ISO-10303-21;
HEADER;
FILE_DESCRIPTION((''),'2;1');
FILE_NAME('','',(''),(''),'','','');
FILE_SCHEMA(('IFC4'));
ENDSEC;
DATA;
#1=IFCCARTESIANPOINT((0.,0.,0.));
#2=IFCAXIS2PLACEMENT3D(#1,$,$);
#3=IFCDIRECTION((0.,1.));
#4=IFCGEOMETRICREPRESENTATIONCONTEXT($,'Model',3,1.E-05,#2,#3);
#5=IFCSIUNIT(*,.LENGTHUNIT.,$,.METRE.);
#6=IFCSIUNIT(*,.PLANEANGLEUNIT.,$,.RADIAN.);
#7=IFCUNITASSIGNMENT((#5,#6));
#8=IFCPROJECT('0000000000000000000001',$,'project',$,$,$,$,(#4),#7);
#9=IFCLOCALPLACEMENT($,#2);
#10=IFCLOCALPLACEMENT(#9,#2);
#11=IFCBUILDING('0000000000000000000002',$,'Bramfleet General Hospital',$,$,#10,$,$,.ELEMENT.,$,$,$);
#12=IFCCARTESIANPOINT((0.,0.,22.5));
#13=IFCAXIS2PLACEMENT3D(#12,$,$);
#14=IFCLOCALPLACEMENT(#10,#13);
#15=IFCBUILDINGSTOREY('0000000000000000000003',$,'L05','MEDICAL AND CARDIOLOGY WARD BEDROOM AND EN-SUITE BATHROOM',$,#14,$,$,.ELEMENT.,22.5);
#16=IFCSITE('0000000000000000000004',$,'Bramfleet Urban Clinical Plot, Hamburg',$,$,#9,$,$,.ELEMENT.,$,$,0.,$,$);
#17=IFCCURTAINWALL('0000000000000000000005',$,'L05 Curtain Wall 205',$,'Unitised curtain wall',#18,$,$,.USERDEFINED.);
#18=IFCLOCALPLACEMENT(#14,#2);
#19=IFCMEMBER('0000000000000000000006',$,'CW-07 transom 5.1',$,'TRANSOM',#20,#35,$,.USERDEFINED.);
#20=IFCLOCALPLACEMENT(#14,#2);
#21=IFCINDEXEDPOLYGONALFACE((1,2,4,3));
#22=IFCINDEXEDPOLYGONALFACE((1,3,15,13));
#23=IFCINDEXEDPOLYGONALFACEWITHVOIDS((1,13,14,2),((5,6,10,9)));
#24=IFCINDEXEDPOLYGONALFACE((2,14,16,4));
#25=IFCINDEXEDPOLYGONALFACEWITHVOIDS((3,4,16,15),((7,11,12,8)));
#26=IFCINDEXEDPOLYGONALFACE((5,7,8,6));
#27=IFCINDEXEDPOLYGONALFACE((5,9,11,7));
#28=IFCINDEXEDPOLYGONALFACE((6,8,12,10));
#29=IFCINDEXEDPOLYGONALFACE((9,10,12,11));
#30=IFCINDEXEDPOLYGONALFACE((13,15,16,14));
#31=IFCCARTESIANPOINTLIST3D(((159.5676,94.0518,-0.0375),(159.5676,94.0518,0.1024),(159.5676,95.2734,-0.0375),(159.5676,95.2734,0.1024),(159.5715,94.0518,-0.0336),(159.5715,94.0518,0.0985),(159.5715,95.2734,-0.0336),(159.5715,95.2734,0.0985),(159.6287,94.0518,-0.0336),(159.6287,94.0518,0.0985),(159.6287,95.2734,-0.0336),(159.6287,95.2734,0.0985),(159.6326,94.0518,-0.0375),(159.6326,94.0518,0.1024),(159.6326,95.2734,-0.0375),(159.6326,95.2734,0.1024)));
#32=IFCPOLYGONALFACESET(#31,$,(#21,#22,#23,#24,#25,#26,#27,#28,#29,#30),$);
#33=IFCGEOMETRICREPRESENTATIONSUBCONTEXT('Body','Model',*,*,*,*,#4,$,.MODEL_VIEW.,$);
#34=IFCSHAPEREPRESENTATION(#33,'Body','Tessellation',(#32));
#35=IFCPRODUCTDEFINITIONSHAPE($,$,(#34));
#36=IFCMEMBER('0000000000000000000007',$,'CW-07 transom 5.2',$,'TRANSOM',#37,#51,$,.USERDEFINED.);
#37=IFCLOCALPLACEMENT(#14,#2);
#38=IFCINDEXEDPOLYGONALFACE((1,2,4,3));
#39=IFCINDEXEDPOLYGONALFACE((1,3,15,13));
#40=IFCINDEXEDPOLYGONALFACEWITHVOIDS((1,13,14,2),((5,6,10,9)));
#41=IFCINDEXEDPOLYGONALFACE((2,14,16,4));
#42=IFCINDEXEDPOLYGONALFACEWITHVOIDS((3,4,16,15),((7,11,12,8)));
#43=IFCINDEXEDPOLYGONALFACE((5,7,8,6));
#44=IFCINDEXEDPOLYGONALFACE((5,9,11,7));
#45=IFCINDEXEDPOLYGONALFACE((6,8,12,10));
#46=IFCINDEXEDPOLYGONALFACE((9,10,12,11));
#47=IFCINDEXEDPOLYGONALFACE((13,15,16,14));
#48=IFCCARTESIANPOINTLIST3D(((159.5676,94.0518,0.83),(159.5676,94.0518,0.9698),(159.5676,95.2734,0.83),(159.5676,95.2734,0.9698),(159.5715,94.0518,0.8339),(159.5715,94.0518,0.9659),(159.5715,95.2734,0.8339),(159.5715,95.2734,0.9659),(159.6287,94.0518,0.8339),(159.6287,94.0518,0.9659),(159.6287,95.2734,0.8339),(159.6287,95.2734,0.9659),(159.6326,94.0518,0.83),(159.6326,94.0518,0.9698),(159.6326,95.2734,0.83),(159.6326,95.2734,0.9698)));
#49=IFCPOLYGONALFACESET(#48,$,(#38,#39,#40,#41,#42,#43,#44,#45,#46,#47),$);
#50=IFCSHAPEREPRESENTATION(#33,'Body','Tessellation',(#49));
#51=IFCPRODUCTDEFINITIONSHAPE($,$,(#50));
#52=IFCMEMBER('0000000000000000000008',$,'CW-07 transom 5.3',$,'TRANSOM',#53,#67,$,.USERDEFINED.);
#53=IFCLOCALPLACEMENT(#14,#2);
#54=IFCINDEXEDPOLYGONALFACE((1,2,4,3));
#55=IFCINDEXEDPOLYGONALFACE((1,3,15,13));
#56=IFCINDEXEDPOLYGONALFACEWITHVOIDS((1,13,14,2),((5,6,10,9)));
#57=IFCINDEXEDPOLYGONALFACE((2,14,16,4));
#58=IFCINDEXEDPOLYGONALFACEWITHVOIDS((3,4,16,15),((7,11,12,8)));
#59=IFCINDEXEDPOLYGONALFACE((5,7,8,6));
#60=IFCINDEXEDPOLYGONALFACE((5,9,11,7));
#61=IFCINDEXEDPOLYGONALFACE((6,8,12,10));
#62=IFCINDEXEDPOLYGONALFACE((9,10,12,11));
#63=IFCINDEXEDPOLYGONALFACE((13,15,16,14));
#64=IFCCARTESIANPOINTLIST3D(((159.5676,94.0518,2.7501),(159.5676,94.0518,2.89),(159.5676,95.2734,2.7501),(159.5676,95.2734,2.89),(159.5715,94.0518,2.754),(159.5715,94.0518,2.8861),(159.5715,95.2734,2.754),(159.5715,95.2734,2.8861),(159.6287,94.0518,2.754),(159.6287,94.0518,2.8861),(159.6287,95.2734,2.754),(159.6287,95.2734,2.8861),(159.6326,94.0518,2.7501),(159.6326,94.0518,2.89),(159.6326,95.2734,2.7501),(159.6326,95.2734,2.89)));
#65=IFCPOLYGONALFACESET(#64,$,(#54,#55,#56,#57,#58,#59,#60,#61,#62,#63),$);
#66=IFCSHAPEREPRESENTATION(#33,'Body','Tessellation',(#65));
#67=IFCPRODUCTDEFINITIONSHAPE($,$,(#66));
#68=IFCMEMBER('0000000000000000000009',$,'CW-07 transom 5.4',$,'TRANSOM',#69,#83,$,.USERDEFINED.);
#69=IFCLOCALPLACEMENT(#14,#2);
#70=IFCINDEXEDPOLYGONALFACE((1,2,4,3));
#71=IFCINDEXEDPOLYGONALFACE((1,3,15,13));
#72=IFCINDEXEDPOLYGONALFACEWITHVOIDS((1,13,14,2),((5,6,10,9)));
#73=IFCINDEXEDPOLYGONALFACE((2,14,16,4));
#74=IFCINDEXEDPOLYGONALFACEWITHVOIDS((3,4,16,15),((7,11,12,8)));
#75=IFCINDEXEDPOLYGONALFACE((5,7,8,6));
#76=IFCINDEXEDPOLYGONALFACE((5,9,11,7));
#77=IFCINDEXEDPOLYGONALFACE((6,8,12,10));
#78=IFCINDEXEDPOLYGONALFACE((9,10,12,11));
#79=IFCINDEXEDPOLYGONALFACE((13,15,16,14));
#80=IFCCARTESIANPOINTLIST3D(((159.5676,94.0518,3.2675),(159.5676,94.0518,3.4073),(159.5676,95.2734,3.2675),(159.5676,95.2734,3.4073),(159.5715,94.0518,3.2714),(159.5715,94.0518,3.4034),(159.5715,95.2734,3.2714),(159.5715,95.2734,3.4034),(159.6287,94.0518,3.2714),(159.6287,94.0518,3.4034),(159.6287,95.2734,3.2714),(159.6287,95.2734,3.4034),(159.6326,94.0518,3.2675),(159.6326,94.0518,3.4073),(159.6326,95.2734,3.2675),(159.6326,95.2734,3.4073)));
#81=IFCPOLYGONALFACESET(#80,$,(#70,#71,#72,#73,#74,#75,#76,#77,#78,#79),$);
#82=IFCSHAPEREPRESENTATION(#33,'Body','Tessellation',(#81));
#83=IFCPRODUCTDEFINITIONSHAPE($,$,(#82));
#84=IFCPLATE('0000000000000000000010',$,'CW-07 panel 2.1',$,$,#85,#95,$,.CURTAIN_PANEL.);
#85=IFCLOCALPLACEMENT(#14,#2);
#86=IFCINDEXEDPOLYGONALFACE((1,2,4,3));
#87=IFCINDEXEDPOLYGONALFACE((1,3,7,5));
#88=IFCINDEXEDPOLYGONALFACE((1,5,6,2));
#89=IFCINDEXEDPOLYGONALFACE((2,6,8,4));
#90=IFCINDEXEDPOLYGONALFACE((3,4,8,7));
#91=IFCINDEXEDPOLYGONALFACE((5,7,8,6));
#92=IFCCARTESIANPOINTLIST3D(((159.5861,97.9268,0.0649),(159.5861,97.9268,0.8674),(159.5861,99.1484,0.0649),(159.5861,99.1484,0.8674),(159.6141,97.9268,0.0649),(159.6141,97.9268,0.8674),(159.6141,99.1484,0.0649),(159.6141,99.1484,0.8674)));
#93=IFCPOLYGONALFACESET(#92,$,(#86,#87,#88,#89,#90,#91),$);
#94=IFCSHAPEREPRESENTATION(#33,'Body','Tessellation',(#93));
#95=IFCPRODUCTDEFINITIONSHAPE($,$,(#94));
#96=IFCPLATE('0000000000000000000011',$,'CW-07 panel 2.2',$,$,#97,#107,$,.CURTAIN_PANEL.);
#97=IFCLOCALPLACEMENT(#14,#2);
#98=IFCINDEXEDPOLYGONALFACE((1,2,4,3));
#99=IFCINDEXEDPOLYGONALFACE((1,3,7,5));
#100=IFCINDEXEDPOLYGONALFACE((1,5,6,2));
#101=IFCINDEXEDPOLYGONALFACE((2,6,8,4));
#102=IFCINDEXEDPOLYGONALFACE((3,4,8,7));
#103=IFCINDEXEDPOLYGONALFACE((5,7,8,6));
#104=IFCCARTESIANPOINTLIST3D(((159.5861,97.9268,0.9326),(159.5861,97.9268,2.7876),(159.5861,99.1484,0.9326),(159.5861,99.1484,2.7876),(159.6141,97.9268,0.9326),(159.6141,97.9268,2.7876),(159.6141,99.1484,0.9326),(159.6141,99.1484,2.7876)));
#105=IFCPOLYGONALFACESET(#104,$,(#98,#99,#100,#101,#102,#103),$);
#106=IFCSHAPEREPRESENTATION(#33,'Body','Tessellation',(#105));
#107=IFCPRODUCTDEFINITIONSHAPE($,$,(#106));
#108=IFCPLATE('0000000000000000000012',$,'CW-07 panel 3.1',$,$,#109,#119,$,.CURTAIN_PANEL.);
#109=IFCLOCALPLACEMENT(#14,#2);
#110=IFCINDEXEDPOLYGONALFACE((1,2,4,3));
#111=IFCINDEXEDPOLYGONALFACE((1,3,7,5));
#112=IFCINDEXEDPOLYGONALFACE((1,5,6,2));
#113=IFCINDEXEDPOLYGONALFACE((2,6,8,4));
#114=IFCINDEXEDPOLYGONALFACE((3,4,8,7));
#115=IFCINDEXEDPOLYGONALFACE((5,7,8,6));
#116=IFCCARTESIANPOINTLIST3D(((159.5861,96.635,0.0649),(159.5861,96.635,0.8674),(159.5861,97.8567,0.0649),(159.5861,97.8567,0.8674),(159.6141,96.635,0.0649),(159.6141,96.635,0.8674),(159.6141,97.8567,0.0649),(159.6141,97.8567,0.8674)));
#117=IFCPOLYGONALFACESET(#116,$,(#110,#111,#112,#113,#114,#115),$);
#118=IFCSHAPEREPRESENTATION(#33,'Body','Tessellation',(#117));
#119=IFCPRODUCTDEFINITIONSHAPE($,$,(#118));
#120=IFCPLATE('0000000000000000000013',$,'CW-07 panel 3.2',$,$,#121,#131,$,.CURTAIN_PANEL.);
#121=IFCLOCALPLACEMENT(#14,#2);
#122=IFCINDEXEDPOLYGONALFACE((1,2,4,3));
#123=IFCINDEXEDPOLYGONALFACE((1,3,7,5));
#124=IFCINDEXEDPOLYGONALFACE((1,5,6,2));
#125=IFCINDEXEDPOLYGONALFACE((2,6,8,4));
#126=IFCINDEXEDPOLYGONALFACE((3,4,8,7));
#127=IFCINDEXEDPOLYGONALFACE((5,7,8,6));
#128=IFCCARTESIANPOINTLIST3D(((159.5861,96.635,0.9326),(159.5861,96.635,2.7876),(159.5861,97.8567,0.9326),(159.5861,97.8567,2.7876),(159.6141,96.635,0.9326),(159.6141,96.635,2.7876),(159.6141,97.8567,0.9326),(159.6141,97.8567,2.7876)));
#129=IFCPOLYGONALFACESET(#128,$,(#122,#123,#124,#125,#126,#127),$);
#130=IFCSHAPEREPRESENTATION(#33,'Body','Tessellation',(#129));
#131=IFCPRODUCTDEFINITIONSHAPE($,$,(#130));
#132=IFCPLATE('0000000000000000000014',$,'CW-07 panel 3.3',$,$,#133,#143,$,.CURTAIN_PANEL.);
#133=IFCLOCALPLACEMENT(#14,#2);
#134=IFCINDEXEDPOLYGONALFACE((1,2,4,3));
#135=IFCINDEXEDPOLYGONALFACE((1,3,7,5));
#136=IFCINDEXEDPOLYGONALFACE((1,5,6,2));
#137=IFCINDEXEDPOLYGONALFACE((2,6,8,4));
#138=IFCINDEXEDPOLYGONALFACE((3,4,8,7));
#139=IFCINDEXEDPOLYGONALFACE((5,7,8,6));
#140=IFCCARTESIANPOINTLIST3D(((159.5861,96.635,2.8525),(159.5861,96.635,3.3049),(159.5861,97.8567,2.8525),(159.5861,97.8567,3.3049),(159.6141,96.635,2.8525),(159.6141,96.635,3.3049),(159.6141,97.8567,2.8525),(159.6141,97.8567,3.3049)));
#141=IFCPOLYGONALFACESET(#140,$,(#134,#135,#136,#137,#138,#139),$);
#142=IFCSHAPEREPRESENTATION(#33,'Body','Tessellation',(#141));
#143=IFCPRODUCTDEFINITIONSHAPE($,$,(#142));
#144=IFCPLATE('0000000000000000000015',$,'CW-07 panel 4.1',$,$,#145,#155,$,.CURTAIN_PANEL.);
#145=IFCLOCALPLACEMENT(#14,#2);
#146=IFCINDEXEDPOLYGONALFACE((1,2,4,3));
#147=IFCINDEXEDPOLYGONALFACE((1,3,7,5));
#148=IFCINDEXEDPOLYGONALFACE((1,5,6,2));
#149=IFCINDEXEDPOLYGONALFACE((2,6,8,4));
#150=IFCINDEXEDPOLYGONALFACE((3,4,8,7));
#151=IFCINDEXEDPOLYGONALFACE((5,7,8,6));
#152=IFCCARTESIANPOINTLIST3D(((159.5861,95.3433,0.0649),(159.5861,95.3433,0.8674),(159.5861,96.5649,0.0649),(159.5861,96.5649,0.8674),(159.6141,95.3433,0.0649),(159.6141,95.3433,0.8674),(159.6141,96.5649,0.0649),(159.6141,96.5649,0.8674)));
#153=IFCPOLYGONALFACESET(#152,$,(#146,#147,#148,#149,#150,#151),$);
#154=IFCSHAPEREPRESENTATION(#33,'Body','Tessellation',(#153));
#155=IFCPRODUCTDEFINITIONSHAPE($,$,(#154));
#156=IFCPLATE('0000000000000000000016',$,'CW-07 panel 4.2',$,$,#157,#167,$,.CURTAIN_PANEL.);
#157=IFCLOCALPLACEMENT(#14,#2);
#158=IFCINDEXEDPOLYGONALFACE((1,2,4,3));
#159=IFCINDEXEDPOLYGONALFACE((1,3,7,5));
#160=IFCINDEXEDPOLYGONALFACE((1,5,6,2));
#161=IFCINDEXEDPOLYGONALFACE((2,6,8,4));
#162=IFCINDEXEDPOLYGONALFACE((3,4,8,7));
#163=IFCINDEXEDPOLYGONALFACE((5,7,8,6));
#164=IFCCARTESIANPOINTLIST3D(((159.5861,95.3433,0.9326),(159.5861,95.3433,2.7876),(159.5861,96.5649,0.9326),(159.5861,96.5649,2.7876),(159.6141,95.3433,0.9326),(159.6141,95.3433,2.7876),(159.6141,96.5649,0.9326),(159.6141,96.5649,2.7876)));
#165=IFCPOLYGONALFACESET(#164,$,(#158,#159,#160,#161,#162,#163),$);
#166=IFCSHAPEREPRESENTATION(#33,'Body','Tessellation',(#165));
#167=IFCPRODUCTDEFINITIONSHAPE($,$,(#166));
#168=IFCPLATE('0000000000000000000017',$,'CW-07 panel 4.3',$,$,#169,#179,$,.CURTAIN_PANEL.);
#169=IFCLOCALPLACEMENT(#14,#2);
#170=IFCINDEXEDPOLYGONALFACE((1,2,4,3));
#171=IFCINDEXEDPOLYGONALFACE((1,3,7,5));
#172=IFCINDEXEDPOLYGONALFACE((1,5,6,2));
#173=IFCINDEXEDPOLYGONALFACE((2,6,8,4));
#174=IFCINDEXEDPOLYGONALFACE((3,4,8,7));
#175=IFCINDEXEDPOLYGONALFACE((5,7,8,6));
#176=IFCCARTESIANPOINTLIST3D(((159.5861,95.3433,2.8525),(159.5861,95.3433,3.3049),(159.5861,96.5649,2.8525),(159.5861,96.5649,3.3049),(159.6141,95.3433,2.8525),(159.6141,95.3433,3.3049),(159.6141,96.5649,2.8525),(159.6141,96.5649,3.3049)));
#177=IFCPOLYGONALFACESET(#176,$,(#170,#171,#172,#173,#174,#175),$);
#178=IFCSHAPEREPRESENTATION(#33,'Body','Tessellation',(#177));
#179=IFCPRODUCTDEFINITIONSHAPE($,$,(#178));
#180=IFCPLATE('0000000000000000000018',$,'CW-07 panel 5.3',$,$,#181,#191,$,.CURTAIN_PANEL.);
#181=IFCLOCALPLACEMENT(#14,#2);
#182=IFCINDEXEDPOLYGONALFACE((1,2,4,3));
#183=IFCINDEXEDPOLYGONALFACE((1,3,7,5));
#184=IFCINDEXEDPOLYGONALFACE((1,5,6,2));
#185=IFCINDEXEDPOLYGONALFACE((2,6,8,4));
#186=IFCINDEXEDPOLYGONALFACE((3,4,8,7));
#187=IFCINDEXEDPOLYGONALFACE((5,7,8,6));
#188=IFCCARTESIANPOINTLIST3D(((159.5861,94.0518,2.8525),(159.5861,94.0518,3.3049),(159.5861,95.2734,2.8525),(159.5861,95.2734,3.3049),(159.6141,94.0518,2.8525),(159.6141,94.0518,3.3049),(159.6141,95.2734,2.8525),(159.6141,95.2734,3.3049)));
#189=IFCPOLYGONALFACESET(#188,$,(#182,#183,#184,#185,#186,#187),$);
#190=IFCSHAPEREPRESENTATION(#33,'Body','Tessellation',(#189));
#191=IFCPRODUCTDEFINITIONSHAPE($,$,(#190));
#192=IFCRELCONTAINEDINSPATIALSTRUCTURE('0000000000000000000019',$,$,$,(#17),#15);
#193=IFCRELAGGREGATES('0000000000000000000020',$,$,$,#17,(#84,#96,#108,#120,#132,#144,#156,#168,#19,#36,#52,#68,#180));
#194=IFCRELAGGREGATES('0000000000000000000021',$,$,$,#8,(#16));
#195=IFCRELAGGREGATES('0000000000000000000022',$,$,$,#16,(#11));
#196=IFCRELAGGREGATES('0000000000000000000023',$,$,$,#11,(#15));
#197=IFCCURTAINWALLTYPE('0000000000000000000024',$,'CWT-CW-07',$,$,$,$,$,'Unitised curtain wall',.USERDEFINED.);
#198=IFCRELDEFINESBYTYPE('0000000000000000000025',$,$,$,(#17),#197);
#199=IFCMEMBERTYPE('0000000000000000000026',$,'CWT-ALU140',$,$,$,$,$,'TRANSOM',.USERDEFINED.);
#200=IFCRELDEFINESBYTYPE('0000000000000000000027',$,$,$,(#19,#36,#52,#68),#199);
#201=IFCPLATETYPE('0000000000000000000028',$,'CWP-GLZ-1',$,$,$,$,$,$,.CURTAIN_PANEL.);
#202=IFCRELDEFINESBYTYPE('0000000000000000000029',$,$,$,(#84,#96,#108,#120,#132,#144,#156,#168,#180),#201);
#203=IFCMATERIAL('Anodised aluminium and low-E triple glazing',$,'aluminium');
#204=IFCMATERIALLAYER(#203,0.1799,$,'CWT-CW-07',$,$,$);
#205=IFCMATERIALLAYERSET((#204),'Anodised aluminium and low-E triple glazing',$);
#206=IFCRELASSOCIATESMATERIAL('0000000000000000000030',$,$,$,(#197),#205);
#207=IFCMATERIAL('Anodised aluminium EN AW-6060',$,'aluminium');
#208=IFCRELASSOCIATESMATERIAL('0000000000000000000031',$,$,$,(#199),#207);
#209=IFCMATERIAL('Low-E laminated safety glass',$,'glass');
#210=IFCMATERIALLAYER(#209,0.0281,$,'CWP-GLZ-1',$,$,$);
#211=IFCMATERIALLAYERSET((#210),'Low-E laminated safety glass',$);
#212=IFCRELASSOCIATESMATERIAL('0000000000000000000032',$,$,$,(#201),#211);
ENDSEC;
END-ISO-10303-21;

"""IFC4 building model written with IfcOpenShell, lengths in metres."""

from ifc_helpers import new_model, si_unit, direction, frame, origin, origin_2d, place, context, subcontext, project, spatial, rectangle, hollow_rectangle, extrude, material, layer, layer_set, material_profile, profile_set, type_object, element, aggregate, save


model = new_model("IFC4")

# Units and contexts
model_context = context("Model", 3, precision=1e-05, world=origin(), true_north=direction((0.0, 1.0)))
body_context = subcontext(model_context, "Body", "Model", "MODEL_VIEW")
ifc_project = project(units=[si_unit("LENGTHUNIT", "METRE"), si_unit("PLANEANGLEUNIT", "RADIAN")], contexts=[model_context])

# Site, building, storey
site_placement = place(None, origin())
site = spatial("IfcSite", under=ifc_project, at=site_placement, Name="Bramfleet Urban Clinical Plot, Hamburg", CompositionType="ELEMENT", RefElevation=0.0)
building_placement = place(site_placement, origin())
building = spatial("IfcBuilding", under=site, at=building_placement, Name="Bramfleet General Hospital", CompositionType="ELEMENT")
storey_placement = place(building_placement, frame((0.0, 0.0, 22.5)))
storey = spatial("IfcBuildingStorey", under=building, at=storey_placement, Name="L05", Description="MEDICAL AND CARDIOLOGY WARD BEDROOM AND EN-SUITE BATHROOM", CompositionType="ELEMENT", Elevation=22.5)

# Curtain wall, members, plates
ifc_material_1 = material(Name="Anodised aluminium and low-E triple glazing", Category="aluminium")
ifc_layer_1 = layer(ifc_material_1, 0.1799, Name="CWT-CW-07")
ifc_layer_set_1 = layer_set([ifc_layer_1], Name="Anodised aluminium and low-E triple glazing")
curtain_wall_type = type_object("IfcCurtainWallType", Name="CWT-CW-07", ElementType="Unitised curtain wall", PredefinedType="USERDEFINED", material=ifc_layer_set_1)
curtain_wall_placement = place(storey_placement, origin())
curtain_wall = element("IfcCurtainWall", 1, at=curtain_wall_placement, inside=storey, type_object=curtain_wall_type, Name="L05 Curtain Wall 205", ObjectType="Unitised curtain wall", PredefinedType="USERDEFINED")
ifc_material_2 = material(Name="Anodised aluminium EN AW-6060", Category="aluminium")
ifc_material_profile_1 = material_profile(ifc_material_2, hollow_rectangle(XDim=0.0649, YDim=0.1399, WallThickness=0.0039, at=origin_2d()), Name="ALU 140x65x4.0")
ifc_profile_set_1 = profile_set([ifc_material_profile_1], Name="Anodised aluminium EN AW-6060")
member_type_1 = type_object("IfcMemberType", Name="CWT-ALU140", ElementType="TRANSOM", PredefinedType="USERDEFINED", material=ifc_profile_set_1)
member_1_placement = place(storey_placement, frame((159.6001, 95.2734, 0.0325), z_axis=(0.0, -1.0, 0.0), x_axis=(1.0, 0.0, 0.0)))
member_1 = element("IfcMember", 2, at=member_1_placement, type_object=member_type_1, Name="CW-07 transom 5.1", ObjectType="TRANSOM", PredefinedType="USERDEFINED", context=body_context, shape_type="SweptSolid", body=[
    extrude(hollow_rectangle(XDim=0.0649, YDim=0.1399, WallThickness=0.0039, at=origin_2d()), origin(), (0.0, 0.0, 1.0), 1.2217),
])
member_2_placement = place(storey_placement, frame((159.6001, 95.2734, 0.8999), z_axis=(0.0, -1.0, 0.0), x_axis=(1.0, 0.0, 0.0)))
member_2 = element("IfcMember", 3, at=member_2_placement, type_object=member_type_1, Name="CW-07 transom 5.2", ObjectType="TRANSOM", PredefinedType="USERDEFINED", context=body_context, shape_type="SweptSolid", body=[
    extrude(hollow_rectangle(XDim=0.0649, YDim=0.1399, WallThickness=0.0039, at=origin_2d()), origin(), (0.0, 0.0, 1.0), 1.2217),
])
member_3_placement = place(storey_placement, frame((159.6001, 95.2734, 2.8201), z_axis=(0.0, -1.0, 0.0), x_axis=(1.0, 0.0, 0.0)))
member_3 = element("IfcMember", 4, at=member_3_placement, type_object=member_type_1, Name="CW-07 transom 5.3", ObjectType="TRANSOM", PredefinedType="USERDEFINED", context=body_context, shape_type="SweptSolid", body=[
    extrude(hollow_rectangle(XDim=0.0649, YDim=0.1399, WallThickness=0.0039, at=origin_2d()), origin(), (0.0, 0.0, 1.0), 1.2217),
])
member_4_placement = place(storey_placement, frame((159.6001, 95.2734, 3.3374), z_axis=(0.0, -1.0, 0.0), x_axis=(1.0, 0.0, 0.0)))
member_4 = element("IfcMember", 5, at=member_4_placement, type_object=member_type_1, Name="CW-07 transom 5.4", ObjectType="TRANSOM", PredefinedType="USERDEFINED", context=body_context, shape_type="SweptSolid", body=[
    extrude(hollow_rectangle(XDim=0.0649, YDim=0.1399, WallThickness=0.0039, at=origin_2d()), origin(), (0.0, 0.0, 1.0), 1.2217),
])
ifc_material_3 = material(Name="Low-E laminated safety glass", Category="glass")
ifc_layer_2 = layer(ifc_material_3, 0.0281, Name="CWP-GLZ-1")
ifc_layer_set_2 = layer_set([ifc_layer_2], Name="Low-E laminated safety glass")
plate_type = type_object("IfcPlateType", Name="CWP-GLZ-1", PredefinedType="CURTAIN_PANEL", material=ifc_layer_set_2)
plate_1_placement = place(storey_placement, frame((159.6001, 98.5376, 0.0649), z_axis=(0.0, 0.0, 1.0), x_axis=(0.0, -1.0, 0.0)))
plate_1 = element("IfcPlate", 6, at=plate_1_placement, type_object=plate_type, Name="CW-07 panel 2.1", PredefinedType="CURTAIN_PANEL", context=body_context, shape_type="SweptSolid", body=[
    extrude(rectangle(XDim=1.2217, YDim=0.0281, at=origin_2d()), origin(), (0.0, 0.0, 1.0), 0.8025),
])
plate_2_placement = place(storey_placement, frame((159.6001, 98.5376, 0.9326), z_axis=(0.0, 0.0, 1.0), x_axis=(0.0, -1.0, 0.0)))
plate_2 = element("IfcPlate", 7, at=plate_2_placement, type_object=plate_type, Name="CW-07 panel 2.2", PredefinedType="CURTAIN_PANEL", context=body_context, shape_type="SweptSolid", body=[
    extrude(rectangle(XDim=1.2217, YDim=0.0281, at=origin_2d()), origin(), (0.0, 0.0, 1.0), 1.855),
])
plate_3_placement = place(storey_placement, frame((159.6001, 97.2458, 0.0649), z_axis=(0.0, 0.0, 1.0), x_axis=(0.0, -1.0, 0.0)))
plate_3 = element("IfcPlate", 8, at=plate_3_placement, type_object=plate_type, Name="CW-07 panel 3.1", PredefinedType="CURTAIN_PANEL", context=body_context, shape_type="SweptSolid", body=[
    extrude(rectangle(XDim=1.2217, YDim=0.0281, at=origin_2d()), origin(), (0.0, 0.0, 1.0), 0.8025),
])
plate_4_placement = place(storey_placement, frame((159.6001, 97.2458, 0.9326), z_axis=(0.0, 0.0, 1.0), x_axis=(0.0, -1.0, 0.0)))
plate_4 = element("IfcPlate", 9, at=plate_4_placement, type_object=plate_type, Name="CW-07 panel 3.2", PredefinedType="CURTAIN_PANEL", context=body_context, shape_type="SweptSolid", body=[
    extrude(rectangle(XDim=1.2217, YDim=0.0281, at=origin_2d()), origin(), (0.0, 0.0, 1.0), 1.855),
])
plate_5_placement = place(storey_placement, frame((159.6001, 97.2458, 2.8525), z_axis=(0.0, 0.0, 1.0), x_axis=(0.0, -1.0, 0.0)))
plate_5 = element("IfcPlate", 10, at=plate_5_placement, type_object=plate_type, Name="CW-07 panel 3.3", PredefinedType="CURTAIN_PANEL", context=body_context, shape_type="SweptSolid", body=[
    extrude(rectangle(XDim=1.2217, YDim=0.0281, at=origin_2d()), origin(), (0.0, 0.0, 1.0), 0.4524),
])
plate_6_placement = place(storey_placement, frame((159.6001, 95.9541, 0.0649), z_axis=(0.0, 0.0, 1.0), x_axis=(0.0, -1.0, 0.0)))
plate_6 = element("IfcPlate", 11, at=plate_6_placement, type_object=plate_type, Name="CW-07 panel 4.1", PredefinedType="CURTAIN_PANEL", context=body_context, shape_type="SweptSolid", body=[
    extrude(rectangle(XDim=1.2217, YDim=0.0281, at=origin_2d()), origin(), (0.0, 0.0, 1.0), 0.8025),
])
plate_7_placement = place(storey_placement, frame((159.6001, 95.9541, 0.9326), z_axis=(0.0, 0.0, 1.0), x_axis=(0.0, -1.0, 0.0)))
plate_7 = element("IfcPlate", 12, at=plate_7_placement, type_object=plate_type, Name="CW-07 panel 4.2", PredefinedType="CURTAIN_PANEL", context=body_context, shape_type="SweptSolid", body=[
    extrude(rectangle(XDim=1.2217, YDim=0.0281, at=origin_2d()), origin(), (0.0, 0.0, 1.0), 1.855),
])
plate_8_placement = place(storey_placement, frame((159.6001, 95.9541, 2.8525), z_axis=(0.0, 0.0, 1.0), x_axis=(0.0, -1.0, 0.0)))
plate_8 = element("IfcPlate", 13, at=plate_8_placement, type_object=plate_type, Name="CW-07 panel 4.3", PredefinedType="CURTAIN_PANEL", context=body_context, shape_type="SweptSolid", body=[
    extrude(rectangle(XDim=1.2217, YDim=0.0281, at=origin_2d()), origin(), (0.0, 0.0, 1.0), 0.4524),
])
plate_9_placement = place(storey_placement, frame((159.6001, 94.6626, 2.8525), z_axis=(0.0, 0.0, 1.0), x_axis=(0.0, -1.0, 0.0)))
plate_9 = element("IfcPlate", 14, at=plate_9_placement, type_object=plate_type, Name="CW-07 panel 5.3", PredefinedType="CURTAIN_PANEL", context=body_context, shape_type="SweptSolid", body=[
    extrude(rectangle(XDim=1.2217, YDim=0.0281, at=origin_2d()), origin(), (0.0, 0.0, 1.0), 0.4524),
])
aggregate(curtain_wall, [plate_1, plate_2, plate_3, plate_4, plate_5, plate_6, plate_7, plate_8, member_1, member_2, member_3, member_4, plate_9])

save(model, "model.ifc")
